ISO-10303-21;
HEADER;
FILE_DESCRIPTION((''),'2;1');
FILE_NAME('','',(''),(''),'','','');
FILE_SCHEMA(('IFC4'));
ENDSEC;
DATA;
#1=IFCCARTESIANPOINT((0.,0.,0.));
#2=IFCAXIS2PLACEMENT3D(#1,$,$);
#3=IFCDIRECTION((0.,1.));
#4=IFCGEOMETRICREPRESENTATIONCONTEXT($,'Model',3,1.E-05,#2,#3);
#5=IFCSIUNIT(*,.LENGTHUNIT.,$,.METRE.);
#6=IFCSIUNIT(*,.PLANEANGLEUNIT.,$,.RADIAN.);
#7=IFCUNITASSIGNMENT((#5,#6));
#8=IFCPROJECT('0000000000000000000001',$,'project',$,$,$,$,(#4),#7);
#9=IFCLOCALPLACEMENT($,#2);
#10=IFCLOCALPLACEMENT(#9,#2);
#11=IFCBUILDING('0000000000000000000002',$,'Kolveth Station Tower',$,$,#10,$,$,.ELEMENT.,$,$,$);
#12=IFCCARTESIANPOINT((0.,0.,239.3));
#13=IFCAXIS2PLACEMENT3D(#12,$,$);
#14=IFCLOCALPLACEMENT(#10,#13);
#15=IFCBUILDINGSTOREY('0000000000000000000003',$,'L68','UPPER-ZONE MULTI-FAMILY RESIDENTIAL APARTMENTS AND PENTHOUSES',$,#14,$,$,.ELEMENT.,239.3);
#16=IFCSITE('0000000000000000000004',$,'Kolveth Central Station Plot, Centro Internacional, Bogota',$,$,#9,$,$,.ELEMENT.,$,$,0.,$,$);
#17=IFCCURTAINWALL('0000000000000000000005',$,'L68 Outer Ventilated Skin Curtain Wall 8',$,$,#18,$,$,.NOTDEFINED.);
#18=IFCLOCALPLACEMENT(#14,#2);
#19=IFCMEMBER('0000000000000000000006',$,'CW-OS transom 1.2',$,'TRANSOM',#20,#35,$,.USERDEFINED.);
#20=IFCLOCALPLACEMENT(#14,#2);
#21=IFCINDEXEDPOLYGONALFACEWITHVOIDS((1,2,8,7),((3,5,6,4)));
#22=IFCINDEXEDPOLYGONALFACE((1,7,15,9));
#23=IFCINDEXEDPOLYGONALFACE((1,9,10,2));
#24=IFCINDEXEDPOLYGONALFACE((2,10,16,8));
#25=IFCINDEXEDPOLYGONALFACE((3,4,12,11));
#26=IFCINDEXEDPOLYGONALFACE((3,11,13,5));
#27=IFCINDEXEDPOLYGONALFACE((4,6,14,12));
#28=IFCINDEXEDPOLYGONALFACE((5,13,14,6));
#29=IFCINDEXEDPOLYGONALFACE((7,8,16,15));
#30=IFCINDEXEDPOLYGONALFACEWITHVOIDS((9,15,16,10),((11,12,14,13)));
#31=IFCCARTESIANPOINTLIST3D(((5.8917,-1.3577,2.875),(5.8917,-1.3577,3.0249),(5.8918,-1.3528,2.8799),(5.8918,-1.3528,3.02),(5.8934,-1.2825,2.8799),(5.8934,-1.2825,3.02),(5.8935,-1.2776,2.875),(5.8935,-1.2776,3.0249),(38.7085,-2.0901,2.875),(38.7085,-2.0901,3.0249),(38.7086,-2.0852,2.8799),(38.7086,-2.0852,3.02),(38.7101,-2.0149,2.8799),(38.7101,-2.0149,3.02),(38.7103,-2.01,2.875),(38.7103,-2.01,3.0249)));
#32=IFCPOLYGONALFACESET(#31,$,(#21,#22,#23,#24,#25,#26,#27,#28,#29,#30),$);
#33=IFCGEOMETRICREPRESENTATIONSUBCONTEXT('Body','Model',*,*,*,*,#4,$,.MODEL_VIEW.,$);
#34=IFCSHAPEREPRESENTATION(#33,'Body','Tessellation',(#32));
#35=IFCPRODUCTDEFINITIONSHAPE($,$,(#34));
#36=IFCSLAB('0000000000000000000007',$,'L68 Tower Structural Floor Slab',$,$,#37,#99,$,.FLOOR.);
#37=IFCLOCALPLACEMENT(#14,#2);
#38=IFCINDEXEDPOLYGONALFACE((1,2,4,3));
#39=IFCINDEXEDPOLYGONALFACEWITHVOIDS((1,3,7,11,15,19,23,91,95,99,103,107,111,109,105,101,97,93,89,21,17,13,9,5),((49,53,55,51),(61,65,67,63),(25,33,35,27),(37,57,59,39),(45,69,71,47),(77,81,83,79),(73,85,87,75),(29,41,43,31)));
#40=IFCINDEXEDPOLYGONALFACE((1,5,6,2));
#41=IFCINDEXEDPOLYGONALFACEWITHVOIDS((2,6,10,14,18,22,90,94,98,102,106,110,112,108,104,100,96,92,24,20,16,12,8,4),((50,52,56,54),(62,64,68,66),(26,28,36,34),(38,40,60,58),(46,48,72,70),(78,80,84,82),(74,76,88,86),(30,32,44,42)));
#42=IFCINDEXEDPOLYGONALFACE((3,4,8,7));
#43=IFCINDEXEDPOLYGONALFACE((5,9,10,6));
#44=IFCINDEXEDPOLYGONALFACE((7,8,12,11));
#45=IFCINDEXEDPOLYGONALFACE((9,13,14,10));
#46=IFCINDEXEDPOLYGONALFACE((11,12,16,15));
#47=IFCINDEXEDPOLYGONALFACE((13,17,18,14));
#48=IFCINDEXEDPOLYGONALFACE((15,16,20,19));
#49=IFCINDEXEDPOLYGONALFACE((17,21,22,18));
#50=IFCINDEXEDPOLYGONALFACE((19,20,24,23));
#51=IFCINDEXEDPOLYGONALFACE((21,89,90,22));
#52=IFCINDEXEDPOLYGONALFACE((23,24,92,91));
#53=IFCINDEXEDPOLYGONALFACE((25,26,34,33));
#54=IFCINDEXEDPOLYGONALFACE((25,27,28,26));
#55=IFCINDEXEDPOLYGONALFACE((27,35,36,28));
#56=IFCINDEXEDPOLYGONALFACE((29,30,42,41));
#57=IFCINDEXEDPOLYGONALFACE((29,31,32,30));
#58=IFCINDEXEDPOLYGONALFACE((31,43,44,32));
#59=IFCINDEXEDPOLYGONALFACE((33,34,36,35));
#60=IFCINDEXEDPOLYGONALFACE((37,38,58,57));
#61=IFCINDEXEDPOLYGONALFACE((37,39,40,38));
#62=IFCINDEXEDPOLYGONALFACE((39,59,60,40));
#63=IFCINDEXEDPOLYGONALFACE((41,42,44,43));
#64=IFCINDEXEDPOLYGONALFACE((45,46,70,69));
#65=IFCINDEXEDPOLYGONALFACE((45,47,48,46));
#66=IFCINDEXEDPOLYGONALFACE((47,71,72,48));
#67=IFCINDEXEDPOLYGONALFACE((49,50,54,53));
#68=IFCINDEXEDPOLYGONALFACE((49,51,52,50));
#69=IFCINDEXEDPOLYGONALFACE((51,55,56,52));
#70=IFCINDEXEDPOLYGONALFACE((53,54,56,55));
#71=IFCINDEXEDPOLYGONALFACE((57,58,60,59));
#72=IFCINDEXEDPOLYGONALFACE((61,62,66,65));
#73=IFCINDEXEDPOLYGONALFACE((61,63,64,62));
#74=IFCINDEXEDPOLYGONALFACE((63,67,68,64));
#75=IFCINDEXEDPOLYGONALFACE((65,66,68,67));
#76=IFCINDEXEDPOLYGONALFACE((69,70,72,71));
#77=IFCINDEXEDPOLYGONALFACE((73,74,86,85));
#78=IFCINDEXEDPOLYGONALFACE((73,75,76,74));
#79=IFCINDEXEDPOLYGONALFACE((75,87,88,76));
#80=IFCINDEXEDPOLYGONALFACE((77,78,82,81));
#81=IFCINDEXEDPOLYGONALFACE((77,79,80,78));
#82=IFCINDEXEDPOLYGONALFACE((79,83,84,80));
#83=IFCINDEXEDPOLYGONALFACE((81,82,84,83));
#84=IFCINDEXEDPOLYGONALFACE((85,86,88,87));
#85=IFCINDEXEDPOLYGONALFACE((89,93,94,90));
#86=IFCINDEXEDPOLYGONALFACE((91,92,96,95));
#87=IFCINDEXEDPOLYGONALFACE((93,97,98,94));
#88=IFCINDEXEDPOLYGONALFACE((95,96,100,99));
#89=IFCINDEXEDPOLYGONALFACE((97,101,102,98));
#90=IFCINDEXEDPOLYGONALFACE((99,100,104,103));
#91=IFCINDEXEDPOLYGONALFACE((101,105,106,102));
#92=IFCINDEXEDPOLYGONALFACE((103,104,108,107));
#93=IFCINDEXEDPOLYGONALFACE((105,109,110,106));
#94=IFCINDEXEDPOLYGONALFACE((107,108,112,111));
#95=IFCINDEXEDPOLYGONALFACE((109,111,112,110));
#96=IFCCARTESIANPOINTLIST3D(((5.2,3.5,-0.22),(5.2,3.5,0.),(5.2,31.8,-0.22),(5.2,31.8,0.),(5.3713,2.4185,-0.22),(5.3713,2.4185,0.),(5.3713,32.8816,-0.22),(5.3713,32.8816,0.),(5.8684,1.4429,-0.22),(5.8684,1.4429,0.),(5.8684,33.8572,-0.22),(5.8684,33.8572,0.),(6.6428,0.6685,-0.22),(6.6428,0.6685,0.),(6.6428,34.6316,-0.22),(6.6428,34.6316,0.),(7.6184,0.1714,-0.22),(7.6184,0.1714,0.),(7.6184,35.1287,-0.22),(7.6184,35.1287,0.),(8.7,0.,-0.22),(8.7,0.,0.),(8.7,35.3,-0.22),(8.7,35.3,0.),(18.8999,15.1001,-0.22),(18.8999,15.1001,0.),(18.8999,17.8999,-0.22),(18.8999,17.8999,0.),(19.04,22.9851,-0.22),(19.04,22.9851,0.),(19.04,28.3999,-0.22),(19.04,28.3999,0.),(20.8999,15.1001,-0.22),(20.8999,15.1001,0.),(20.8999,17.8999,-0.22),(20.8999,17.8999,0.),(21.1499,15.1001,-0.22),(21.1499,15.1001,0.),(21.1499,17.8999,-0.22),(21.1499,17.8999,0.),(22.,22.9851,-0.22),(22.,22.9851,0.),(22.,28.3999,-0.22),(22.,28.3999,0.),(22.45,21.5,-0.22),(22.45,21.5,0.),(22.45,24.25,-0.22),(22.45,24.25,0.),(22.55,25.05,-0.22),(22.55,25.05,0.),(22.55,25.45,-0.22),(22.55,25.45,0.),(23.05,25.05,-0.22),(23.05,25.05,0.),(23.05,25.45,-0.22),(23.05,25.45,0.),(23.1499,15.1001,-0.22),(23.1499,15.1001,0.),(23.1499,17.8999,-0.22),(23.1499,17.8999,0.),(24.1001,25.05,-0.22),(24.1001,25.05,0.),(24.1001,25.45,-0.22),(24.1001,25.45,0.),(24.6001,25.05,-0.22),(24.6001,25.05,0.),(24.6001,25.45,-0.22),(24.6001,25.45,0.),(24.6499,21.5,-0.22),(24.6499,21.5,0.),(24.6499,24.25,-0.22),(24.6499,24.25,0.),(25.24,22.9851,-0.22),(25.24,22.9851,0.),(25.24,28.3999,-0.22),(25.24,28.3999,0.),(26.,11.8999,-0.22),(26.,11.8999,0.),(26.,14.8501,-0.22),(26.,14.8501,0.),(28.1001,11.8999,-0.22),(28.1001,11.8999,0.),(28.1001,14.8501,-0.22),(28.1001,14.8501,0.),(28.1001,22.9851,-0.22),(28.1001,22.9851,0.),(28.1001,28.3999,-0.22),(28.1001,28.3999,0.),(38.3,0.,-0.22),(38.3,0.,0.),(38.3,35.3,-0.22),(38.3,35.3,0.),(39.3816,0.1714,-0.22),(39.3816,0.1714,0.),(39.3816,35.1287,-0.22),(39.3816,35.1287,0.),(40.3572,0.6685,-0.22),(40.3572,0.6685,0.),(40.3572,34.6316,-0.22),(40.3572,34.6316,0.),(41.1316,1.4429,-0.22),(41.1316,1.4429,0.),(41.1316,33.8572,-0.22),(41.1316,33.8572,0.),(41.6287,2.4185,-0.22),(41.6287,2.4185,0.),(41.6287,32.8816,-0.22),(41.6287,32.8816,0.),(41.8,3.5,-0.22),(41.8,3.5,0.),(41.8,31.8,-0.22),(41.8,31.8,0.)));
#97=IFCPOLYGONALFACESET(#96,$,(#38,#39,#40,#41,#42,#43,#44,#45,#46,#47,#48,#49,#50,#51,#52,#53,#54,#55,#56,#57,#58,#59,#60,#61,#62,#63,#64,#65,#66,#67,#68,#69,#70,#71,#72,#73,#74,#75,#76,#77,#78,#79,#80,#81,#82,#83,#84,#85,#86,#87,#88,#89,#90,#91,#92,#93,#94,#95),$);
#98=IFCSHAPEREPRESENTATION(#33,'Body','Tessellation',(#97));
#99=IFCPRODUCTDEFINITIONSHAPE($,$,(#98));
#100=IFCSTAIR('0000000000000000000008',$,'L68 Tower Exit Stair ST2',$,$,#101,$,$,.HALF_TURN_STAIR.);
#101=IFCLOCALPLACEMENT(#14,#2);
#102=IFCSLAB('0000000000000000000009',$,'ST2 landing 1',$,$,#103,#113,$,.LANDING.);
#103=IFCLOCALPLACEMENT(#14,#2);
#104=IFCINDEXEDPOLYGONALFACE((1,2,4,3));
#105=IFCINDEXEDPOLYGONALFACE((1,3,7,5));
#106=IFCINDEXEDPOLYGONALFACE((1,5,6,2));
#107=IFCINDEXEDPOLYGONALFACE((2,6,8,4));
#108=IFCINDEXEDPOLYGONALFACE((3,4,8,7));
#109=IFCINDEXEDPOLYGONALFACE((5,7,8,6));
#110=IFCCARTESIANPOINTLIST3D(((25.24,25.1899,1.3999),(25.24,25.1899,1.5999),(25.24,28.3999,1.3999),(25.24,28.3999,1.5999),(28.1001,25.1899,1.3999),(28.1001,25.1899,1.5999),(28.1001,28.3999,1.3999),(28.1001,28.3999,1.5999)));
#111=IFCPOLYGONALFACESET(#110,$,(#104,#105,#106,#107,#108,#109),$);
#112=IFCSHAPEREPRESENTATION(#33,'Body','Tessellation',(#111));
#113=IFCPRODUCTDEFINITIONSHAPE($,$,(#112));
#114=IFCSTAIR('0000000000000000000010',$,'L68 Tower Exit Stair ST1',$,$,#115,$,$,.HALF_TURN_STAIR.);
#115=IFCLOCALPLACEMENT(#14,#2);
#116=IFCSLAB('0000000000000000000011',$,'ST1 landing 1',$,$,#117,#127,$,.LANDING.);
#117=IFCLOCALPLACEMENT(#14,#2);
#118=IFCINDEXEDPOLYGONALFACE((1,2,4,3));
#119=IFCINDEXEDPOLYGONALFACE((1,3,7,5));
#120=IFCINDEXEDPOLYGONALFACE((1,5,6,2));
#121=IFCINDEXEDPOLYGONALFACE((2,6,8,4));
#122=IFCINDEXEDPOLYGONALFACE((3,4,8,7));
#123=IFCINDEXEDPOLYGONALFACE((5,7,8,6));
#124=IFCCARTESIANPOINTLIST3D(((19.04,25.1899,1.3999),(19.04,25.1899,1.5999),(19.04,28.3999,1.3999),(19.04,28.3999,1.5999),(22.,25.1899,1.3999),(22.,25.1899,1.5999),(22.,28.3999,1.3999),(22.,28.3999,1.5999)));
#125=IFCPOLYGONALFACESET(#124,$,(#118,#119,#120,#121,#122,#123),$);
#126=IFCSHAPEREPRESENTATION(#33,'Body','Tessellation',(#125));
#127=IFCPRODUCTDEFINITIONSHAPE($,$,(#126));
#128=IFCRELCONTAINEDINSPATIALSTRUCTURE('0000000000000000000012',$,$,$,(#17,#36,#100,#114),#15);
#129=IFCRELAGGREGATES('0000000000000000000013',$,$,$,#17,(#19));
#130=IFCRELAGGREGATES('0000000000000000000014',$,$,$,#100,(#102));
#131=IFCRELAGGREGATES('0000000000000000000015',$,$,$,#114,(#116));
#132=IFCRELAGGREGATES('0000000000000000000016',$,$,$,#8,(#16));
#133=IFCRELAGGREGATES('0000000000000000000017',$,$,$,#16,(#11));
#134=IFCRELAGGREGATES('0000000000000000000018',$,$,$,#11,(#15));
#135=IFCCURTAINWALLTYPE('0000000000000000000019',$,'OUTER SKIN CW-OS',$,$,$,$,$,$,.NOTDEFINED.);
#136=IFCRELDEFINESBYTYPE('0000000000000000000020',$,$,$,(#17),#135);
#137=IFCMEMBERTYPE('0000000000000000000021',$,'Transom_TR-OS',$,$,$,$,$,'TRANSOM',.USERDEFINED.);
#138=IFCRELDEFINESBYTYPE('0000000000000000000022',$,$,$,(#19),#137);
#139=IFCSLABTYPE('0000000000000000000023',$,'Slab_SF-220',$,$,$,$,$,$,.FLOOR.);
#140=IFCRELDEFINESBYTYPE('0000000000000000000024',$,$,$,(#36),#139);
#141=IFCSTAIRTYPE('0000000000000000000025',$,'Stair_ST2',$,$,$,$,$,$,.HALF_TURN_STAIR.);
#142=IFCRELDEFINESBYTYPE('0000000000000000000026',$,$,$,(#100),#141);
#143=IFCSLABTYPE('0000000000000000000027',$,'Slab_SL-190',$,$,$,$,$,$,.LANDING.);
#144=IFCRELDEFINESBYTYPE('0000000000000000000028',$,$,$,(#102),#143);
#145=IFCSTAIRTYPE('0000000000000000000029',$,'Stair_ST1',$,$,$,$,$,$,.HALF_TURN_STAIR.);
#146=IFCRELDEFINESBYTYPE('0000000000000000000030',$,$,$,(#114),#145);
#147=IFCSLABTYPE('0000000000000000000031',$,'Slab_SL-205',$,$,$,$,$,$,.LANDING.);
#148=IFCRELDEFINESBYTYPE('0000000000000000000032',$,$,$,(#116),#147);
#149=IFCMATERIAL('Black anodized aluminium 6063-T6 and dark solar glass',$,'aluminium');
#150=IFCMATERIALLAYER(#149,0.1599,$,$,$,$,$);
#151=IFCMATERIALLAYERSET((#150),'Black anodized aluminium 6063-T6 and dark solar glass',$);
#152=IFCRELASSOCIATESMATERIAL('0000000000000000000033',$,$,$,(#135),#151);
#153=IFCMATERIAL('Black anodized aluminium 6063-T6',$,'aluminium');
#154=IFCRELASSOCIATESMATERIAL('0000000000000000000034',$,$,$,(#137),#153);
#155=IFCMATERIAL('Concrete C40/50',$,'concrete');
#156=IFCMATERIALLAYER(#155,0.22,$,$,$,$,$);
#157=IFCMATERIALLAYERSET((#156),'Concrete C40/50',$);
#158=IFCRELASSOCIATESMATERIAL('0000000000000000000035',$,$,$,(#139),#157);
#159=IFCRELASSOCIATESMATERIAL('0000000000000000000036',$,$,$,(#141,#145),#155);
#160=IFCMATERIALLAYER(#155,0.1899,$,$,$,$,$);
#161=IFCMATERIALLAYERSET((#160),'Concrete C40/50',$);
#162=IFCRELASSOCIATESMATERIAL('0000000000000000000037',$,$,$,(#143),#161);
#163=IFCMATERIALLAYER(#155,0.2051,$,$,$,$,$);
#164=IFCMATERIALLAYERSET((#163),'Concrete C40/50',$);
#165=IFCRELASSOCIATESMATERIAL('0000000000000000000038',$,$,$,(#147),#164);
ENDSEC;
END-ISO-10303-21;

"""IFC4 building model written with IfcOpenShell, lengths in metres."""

from ifc_helpers import new_model, si_unit, direction, frame, origin, origin_2d, place, context, subcontext, project, spatial, polyline, hollow_rectangle, outline, extrude, source, transform, mapped, material, layer, layer_set, material_profile, profile_set, type_object, element, aggregate, save


model = new_model("IFC4")

# Units and contexts
model_context = context("Model", 3, precision=1e-05, world=origin(), true_north=direction((0.0, 1.0)))
body_context = subcontext(model_context, "Body", "Model", "MODEL_VIEW")
ifc_project = project(units=[si_unit("LENGTHUNIT", "METRE"), si_unit("PLANEANGLEUNIT", "RADIAN")], contexts=[model_context])

# Site, building, storey
site_placement = place(None, origin())
site = spatial("IfcSite", under=ifc_project, at=site_placement, Name="Kolveth Central Station Plot, Centro Internacional, Bogota", CompositionType="ELEMENT", RefElevation=0.0)
building_placement = place(site_placement, origin())
building = spatial("IfcBuilding", under=site, at=building_placement, Name="Kolveth Station Tower", CompositionType="ELEMENT")
storey_placement = place(building_placement, frame((0.0, 0.0, 239.3)))
storey = spatial("IfcBuildingStorey", under=building, at=storey_placement, Name="L68", Description="UPPER-ZONE MULTI-FAMILY RESIDENTIAL APARTMENTS AND PENTHOUSES", CompositionType="ELEMENT", Elevation=239.3)

# Curtain wall
ifc_material_1 = material(Name="Black anodized aluminium 6063-T6 and dark solar glass", Category="aluminium")
ifc_layer_1 = layer(ifc_material_1, 0.1599)
ifc_layer_set_1 = layer_set([ifc_layer_1], Name="Black anodized aluminium 6063-T6 and dark solar glass")
curtain_wall_type_1 = type_object("IfcCurtainWallType", Name="OUTER SKIN CW-OS", PredefinedType="NOTDEFINED", material=ifc_layer_set_1)
ifc_material_2 = material(Name="Black anodized aluminium 6063-T6", Category="aluminium")
curtain_wall_1_placement = place(storey_placement, origin())
curtain_wall_1 = element("IfcCurtainWall", 1, at=curtain_wall_1_placement, inside=storey, type_object=curtain_wall_type_1, Name="L68 Outer Ventilated Skin Curtain Wall 8", PredefinedType="NOTDEFINED")

# Member
ifc_material_profile_1 = material_profile(ifc_material_2, hollow_rectangle(XDim=0.0801, YDim=0.1499, WallThickness=0.0049, at=origin_2d()), Name="ALU-80x150x5")
ifc_profile_set_1 = profile_set([ifc_material_profile_1], Name="Black anodized aluminium 6063-T6")
member_type_1 = type_object("IfcMemberType", Name="Transom_TR-OS", ElementType="TRANSOM", PredefinedType="USERDEFINED", material=ifc_profile_set_1)
shared_shape_1 = source(origin(), body_context, "Body", "SweptSolid", [
    extrude(hollow_rectangle(XDim=0.0801, YDim=0.1499, WallThickness=0.0049, at=origin_2d()), origin(), (0.0, 0.0, 1.0), 32.825),
])
member_1_placement = place(storey_placement, frame((5.8926, -1.3176, 2.95), z_axis=(0.999751, -0.022313, 0.0), x_axis=(0.022313, 0.999751, 0.0)))
member_1 = element("IfcMember", 2, at=member_1_placement, type_object=member_type_1, Name="CW-OS transom 1.2", ObjectType="TRANSOM", PredefinedType="USERDEFINED", context=body_context, shape_type="MappedRepresentation", body=[
    mapped(shared_shape_1, transform((0.0, 0.0, 0.0), x_axis=(1.0, 0.0, 0.0), y_axis=(0.0, 1.0, 0.0), z_axis=(0.0, 0.0, 1.0), scale=1.0)),
])
aggregate(curtain_wall_1, [member_1])

# Slab
ifc_material_3 = material(Name="Concrete C40/50", Category="concrete")
ifc_layer_2 = layer(ifc_material_3, 0.22)
ifc_layer_set_2 = layer_set([ifc_layer_2], Name="Concrete C40/50")
slab_type_1 = type_object("IfcSlabType", Name="Slab_SF-220", PredefinedType="FLOOR", material=ifc_layer_set_2)
slab_1_placement = place(storey_placement, frame((0.0, 0.0, -0.22)))
element("IfcSlab", 3, at=slab_1_placement, inside=storey, type_object=slab_type_1, Name="L68 Tower Structural Floor Slab", PredefinedType="FLOOR", context=body_context, shape_type="SweptSolid", body=[
    extrude(outline(polyline([(38.3, 0.0), (39.3816, 0.1714), (40.3572, 0.6685), (41.1316, 1.4429), (41.6287, 2.4185), (41.8, 3.5), (41.8, 31.8), (41.6287, 32.8816), (41.1316, 33.8572), (40.3572, 34.6316), (39.3816, 35.1287), (38.3, 35.3), (8.7, 35.3), (7.6184, 35.1287), (6.6428, 34.6316), (5.8684, 33.8572), (5.3713, 32.8816), (5.2, 31.8), (5.2, 3.5), (5.3713, 2.4185), (5.8684, 1.4429), (6.6428, 0.6685), (7.6184, 0.1714), (8.7, 0.0), (38.3, 0.0)]), holes=[polyline([(19.04, 22.9851), (22.0, 22.9851), (22.0, 28.3999), (19.04, 28.3999), (19.04, 22.9851)]), polyline([(25.24, 22.9851), (28.1001, 22.9851), (28.1001, 28.3999), (25.24, 28.3999), (25.24, 22.9851)]), polyline([(18.8999, 15.1001), (20.8999, 15.1001), (20.8999, 17.8999), (18.8999, 17.8999), (18.8999, 15.1001)]), polyline([(21.1499, 15.1001), (23.1499, 15.1001), (23.1499, 17.8999), (21.1499, 17.8999), (21.1499, 15.1001)]), polyline([(22.45, 21.5), (24.6499, 21.5), (24.6499, 24.25), (22.45, 24.25), (22.45, 21.5)]), polyline([(26.0, 11.8999), (28.1001, 11.8999), (28.1001, 14.8501), (26.0, 14.8501), (26.0, 11.8999)]), polyline([(22.55, 25.05), (23.05, 25.05), (23.05, 25.45), (22.55, 25.45), (22.55, 25.05)]), polyline([(24.1001, 25.05), (24.6001, 25.05), (24.6001, 25.45), (24.1001, 25.45), (24.1001, 25.05)])]), origin(), (0.0, 0.0, 1.0), 0.22),
])

# Stairs, slabs
stair_type_1 = type_object("IfcStairType", Name="Stair_ST2", PredefinedType="HALF_TURN_STAIR", material=ifc_material_3)
stair_1_placement = place(storey_placement, origin())
stair_1 = element("IfcStair", 4, at=stair_1_placement, inside=storey, type_object=stair_type_1, Name="L68 Tower Exit Stair ST2", PredefinedType="HALF_TURN_STAIR")
ifc_layer_3 = layer(ifc_material_3, 0.1899)
ifc_layer_set_3 = layer_set([ifc_layer_3], Name="Concrete C40/50")
slab_type_2 = type_object("IfcSlabType", Name="Slab_SL-190", PredefinedType="LANDING", material=ifc_layer_set_3)
slab_2_placement = place(storey_placement, frame((0.0, 0.0, 1.3999)))
slab_2 = element("IfcSlab", 5, at=slab_2_placement, type_object=slab_type_2, Name="ST2 landing 1", PredefinedType="LANDING", context=body_context, shape_type="SweptSolid", body=[
    extrude(outline(polyline([(28.1001, 25.1899), (28.1001, 28.3999), (25.24, 28.3999), (25.24, 25.1899), (28.1001, 25.1899)])), origin(), (0.0, 0.0, 1.0), 0.2),
])
aggregate(stair_1, [slab_2])
stair_type_2 = type_object("IfcStairType", Name="Stair_ST1", PredefinedType="HALF_TURN_STAIR", material=ifc_material_3)
stair_2_placement = place(storey_placement, origin())
stair_2 = element("IfcStair", 6, at=stair_2_placement, inside=storey, type_object=stair_type_2, Name="L68 Tower Exit Stair ST1", PredefinedType="HALF_TURN_STAIR")
ifc_layer_4 = layer(ifc_material_3, 0.2051)
ifc_layer_set_4 = layer_set([ifc_layer_4], Name="Concrete C40/50")
slab_type_3 = type_object("IfcSlabType", Name="Slab_SL-205", PredefinedType="LANDING", material=ifc_layer_set_4)
slab_3_placement = place(storey_placement, frame((0.0, 0.0, 1.3999)))
slab_3 = element("IfcSlab", 7, at=slab_3_placement, type_object=slab_type_3, Name="ST1 landing 1", PredefinedType="LANDING", context=body_context, shape_type="SweptSolid", body=[
    extrude(outline(polyline([(22.0, 25.1899), (22.0, 28.3999), (19.04, 28.3999), (19.04, 25.1899), (22.0, 25.1899)])), origin(), (0.0, 0.0, 1.0), 0.2),
])
aggregate(stair_2, [slab_3])

save(model, "model.ifc")
